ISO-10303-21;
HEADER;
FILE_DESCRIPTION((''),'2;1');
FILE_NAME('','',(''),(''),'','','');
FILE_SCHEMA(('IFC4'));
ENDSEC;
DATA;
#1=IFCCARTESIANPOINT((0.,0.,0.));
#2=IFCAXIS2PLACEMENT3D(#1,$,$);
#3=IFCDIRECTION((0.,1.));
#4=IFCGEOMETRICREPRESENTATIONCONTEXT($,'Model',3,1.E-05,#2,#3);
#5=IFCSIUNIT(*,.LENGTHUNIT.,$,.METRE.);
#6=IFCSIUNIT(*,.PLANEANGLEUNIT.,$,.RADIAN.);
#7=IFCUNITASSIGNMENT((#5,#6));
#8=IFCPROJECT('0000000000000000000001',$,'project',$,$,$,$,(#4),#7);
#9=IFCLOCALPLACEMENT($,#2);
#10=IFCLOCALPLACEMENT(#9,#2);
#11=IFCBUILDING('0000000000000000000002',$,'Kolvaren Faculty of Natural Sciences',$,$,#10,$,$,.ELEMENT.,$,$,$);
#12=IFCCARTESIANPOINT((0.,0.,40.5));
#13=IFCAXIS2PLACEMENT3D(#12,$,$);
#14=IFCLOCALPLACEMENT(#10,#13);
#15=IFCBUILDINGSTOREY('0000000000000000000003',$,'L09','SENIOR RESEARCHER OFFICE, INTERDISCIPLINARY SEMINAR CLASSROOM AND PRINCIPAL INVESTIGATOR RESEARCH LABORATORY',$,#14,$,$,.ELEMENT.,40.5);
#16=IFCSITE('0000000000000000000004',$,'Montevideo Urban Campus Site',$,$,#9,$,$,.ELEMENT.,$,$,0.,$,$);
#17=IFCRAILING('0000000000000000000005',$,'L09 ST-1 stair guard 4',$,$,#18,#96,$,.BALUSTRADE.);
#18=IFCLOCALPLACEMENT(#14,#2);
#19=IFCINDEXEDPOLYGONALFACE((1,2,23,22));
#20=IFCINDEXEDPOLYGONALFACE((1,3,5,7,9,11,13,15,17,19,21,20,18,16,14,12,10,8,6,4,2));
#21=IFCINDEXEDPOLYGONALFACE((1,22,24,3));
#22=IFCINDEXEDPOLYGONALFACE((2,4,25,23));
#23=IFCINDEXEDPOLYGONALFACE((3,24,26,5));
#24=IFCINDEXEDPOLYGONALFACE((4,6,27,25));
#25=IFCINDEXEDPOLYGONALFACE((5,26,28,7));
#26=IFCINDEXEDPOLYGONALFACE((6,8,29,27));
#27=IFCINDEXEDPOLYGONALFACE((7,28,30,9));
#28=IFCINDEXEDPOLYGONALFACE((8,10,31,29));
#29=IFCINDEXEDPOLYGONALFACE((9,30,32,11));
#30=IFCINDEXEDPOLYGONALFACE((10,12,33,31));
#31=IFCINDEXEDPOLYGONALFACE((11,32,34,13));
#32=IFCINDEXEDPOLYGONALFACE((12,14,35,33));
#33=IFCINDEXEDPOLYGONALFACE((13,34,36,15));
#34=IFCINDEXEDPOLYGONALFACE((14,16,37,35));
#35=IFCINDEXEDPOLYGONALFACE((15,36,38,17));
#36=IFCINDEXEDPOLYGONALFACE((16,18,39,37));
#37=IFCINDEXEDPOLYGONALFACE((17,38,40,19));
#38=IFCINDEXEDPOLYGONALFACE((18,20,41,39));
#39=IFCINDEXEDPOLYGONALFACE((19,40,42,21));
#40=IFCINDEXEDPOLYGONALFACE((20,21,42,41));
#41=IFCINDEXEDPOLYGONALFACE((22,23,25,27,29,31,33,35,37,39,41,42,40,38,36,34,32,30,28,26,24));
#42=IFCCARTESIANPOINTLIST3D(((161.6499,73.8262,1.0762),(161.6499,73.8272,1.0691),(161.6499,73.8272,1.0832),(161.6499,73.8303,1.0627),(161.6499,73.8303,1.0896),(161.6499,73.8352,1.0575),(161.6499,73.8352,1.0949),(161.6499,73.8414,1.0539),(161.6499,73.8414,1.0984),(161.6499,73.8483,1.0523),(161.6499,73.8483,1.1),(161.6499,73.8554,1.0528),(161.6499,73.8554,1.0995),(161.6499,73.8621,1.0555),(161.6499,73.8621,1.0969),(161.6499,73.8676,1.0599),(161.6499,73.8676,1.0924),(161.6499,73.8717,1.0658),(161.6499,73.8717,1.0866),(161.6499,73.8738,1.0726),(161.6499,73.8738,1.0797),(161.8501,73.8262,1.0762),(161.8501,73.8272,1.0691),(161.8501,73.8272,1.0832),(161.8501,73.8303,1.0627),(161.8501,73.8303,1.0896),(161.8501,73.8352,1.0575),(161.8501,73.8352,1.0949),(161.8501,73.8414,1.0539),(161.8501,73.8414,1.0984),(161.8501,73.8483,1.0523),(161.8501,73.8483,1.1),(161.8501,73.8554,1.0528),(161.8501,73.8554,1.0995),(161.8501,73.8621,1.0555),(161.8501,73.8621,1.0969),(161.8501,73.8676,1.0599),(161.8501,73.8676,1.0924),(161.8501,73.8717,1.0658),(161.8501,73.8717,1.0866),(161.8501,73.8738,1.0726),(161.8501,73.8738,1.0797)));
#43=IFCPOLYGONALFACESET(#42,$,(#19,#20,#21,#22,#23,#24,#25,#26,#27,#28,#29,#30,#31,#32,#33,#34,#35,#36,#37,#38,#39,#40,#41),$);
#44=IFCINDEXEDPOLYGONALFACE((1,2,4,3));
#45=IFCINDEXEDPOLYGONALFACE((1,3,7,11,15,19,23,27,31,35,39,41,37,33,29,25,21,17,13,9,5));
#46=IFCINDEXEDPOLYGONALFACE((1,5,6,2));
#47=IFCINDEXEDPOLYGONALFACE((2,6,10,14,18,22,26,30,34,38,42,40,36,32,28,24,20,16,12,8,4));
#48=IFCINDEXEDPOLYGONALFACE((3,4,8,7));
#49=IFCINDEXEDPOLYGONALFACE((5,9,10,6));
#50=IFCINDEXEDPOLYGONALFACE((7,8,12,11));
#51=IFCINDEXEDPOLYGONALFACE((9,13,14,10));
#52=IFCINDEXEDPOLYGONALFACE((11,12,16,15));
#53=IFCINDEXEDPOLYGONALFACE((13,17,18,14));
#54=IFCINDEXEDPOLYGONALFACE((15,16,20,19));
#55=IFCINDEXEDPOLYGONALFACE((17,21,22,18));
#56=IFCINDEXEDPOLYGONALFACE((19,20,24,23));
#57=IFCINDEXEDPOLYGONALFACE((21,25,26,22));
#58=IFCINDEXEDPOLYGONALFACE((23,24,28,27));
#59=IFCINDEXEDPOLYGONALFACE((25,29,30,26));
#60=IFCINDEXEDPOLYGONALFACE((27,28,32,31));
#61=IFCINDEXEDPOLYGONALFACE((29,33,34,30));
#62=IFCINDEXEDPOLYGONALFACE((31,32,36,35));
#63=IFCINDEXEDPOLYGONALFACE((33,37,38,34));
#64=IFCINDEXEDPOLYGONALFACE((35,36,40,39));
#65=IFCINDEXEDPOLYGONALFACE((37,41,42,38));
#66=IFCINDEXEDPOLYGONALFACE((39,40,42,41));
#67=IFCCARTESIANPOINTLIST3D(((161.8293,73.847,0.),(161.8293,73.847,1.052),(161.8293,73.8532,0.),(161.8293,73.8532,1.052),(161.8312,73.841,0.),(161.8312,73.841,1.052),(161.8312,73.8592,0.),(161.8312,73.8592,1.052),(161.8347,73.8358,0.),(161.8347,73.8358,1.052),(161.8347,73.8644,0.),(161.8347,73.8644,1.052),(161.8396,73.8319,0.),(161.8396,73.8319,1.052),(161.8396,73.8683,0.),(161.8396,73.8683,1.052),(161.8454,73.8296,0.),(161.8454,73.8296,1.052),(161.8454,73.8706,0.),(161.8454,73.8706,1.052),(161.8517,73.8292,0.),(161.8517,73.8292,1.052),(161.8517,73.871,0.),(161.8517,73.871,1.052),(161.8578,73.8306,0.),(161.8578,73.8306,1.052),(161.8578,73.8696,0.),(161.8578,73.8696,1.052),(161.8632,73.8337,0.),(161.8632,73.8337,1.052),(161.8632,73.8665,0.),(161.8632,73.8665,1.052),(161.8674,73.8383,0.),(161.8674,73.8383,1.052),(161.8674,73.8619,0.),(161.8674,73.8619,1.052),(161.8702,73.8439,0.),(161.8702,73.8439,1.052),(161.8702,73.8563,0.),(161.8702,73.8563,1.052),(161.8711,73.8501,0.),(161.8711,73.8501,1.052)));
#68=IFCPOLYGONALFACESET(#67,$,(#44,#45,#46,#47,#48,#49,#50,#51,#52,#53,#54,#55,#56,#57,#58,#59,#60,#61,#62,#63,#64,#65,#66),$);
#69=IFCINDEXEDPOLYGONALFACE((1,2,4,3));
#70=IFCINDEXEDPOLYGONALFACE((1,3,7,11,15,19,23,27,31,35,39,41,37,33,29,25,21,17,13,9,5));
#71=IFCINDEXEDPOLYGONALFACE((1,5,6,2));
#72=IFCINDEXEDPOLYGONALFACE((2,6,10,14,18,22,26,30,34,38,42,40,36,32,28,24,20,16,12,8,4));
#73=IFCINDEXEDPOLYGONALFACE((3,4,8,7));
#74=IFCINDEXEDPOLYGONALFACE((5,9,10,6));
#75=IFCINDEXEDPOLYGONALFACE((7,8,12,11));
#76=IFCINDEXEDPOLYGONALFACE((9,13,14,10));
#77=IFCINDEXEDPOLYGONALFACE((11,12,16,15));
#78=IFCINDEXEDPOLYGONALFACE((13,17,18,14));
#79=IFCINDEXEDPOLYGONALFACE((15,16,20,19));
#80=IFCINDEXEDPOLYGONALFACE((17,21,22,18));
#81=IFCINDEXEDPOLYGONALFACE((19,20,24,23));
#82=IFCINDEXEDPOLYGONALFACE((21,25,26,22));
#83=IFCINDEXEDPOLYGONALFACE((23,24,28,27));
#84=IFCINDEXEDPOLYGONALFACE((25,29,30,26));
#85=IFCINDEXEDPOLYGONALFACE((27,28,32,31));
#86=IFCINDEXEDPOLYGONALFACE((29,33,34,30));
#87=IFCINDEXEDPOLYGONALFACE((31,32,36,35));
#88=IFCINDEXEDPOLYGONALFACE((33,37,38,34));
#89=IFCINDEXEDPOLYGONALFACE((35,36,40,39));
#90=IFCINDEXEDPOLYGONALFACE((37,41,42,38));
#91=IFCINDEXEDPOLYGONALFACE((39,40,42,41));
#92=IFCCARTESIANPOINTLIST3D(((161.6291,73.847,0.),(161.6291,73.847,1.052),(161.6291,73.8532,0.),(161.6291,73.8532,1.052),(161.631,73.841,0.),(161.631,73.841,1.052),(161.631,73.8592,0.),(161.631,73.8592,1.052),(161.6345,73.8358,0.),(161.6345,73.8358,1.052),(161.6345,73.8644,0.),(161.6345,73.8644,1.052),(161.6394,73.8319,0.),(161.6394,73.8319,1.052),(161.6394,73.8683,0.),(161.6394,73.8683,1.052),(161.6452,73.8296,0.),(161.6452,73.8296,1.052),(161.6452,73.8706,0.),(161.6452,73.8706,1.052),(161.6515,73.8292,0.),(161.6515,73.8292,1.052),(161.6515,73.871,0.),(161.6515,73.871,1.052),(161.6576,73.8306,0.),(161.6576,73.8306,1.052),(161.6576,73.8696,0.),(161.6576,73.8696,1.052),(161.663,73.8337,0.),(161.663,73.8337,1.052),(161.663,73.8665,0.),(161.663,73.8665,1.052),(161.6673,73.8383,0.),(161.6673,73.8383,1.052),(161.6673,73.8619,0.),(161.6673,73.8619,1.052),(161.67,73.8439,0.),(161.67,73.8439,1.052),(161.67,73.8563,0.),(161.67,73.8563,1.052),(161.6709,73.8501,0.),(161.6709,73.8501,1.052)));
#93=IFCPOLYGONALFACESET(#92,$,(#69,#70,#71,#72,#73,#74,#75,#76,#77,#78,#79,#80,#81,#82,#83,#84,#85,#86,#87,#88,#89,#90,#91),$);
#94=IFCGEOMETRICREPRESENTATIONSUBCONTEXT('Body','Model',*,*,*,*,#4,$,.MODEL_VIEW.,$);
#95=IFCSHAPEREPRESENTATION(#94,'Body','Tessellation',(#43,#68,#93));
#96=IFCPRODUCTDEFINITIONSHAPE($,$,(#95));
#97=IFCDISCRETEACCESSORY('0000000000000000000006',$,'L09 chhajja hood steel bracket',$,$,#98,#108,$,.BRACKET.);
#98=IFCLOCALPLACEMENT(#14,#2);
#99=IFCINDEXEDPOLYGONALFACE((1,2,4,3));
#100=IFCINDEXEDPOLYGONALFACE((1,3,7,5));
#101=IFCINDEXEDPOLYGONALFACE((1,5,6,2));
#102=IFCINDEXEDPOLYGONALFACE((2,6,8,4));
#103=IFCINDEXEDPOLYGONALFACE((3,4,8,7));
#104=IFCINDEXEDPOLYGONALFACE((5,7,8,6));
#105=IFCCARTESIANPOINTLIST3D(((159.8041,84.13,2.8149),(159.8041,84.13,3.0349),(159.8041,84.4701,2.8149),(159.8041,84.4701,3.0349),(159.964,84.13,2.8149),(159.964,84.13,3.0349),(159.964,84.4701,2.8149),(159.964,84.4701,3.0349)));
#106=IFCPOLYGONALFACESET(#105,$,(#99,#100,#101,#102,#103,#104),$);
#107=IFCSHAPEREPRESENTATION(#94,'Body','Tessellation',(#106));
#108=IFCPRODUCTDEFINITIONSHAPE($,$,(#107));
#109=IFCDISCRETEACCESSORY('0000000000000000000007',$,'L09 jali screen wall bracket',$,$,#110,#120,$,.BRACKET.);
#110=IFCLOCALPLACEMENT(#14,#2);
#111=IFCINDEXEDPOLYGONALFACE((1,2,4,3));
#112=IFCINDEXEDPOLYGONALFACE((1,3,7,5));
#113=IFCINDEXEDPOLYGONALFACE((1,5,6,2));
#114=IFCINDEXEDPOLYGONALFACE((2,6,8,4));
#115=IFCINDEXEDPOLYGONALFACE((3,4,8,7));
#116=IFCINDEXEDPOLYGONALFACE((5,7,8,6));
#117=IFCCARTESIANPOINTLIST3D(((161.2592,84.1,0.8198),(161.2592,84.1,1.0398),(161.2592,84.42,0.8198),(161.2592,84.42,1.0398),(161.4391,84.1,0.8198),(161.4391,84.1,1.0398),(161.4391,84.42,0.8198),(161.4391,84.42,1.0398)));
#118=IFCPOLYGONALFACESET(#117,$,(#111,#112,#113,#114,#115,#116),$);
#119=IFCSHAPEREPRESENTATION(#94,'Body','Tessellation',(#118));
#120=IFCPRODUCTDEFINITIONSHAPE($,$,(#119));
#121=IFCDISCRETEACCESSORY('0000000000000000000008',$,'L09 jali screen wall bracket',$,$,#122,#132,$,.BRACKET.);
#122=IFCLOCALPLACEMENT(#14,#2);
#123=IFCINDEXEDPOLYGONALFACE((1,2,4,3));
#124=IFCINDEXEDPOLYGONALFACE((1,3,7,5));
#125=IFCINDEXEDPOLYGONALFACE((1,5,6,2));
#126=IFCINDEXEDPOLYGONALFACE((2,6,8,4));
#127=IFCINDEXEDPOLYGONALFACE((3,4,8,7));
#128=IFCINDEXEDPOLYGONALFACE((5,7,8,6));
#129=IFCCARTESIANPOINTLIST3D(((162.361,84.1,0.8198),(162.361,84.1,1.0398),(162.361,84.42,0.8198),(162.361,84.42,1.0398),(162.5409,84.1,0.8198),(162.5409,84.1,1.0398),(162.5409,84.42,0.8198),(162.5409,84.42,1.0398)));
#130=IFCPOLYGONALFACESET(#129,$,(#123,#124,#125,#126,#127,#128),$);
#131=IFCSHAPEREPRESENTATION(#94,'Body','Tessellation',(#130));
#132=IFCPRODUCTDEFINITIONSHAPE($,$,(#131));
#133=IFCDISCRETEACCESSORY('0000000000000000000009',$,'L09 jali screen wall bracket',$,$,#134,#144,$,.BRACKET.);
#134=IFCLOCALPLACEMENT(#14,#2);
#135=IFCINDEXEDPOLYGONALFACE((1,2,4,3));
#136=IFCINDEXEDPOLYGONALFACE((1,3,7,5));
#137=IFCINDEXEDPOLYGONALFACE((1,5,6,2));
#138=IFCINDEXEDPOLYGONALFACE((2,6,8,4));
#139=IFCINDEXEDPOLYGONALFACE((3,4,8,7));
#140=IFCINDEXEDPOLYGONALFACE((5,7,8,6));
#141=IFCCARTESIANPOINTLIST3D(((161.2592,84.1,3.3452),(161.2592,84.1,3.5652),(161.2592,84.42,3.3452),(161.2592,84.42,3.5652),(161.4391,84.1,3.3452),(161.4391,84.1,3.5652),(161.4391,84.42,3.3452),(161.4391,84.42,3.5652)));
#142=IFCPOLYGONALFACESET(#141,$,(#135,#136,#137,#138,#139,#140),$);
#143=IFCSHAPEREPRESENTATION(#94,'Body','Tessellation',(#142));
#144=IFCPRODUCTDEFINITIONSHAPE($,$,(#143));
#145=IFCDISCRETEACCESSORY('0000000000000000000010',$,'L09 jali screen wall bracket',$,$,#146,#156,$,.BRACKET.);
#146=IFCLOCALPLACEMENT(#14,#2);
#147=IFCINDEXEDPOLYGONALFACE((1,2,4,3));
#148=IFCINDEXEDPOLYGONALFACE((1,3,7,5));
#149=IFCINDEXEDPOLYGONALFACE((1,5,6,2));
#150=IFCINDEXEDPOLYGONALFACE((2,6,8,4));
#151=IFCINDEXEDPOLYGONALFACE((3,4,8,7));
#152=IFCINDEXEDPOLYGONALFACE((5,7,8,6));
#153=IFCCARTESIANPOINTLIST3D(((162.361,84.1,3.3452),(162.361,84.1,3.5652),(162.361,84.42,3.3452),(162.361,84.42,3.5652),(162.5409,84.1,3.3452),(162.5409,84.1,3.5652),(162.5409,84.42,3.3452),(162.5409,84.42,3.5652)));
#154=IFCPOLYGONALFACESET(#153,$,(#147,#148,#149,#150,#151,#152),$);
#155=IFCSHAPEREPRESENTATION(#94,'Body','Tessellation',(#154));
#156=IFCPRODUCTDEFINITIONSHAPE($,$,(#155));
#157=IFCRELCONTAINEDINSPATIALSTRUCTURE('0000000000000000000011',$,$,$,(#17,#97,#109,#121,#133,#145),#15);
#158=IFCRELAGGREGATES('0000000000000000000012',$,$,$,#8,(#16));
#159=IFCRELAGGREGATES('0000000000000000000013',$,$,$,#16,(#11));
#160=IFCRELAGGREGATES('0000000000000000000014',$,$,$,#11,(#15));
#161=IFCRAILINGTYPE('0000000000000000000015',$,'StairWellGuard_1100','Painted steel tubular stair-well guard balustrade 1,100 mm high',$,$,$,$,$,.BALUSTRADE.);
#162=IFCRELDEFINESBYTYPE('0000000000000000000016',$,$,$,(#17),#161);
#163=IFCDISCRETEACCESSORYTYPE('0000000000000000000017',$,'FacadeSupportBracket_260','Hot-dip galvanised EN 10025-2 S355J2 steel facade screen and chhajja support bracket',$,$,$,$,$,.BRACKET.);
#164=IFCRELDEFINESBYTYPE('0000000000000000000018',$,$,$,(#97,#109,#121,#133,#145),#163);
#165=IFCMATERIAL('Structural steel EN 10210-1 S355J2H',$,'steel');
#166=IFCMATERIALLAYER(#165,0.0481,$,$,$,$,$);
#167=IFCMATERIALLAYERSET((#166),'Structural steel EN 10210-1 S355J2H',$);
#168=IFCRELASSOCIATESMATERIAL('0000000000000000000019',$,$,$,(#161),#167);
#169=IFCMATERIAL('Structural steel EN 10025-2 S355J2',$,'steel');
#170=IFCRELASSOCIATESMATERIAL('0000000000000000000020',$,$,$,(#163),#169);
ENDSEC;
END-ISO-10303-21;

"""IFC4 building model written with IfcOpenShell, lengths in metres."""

from ifc_helpers import new_model, si_unit, direction, frame, origin, origin_2d, place, context, subcontext, project, spatial, rectangle, circle, extrude, material, layer, layer_set, type_object, element, save


model = new_model("IFC4")

# Units and contexts
model_context = context("Model", 3, precision=1e-05, world=origin(), true_north=direction((0.0, 1.0)))
body_context = subcontext(model_context, "Body", "Model", "MODEL_VIEW")
ifc_project = project(units=[si_unit("LENGTHUNIT", "METRE"), si_unit("PLANEANGLEUNIT", "RADIAN")], contexts=[model_context])

# Site, building, storey
site_placement = place(None, origin())
site = spatial("IfcSite", under=ifc_project, at=site_placement, Name="Montevideo Urban Campus Site", CompositionType="ELEMENT", RefElevation=0.0)
building_placement = place(site_placement, origin())
building = spatial("IfcBuilding", under=site, at=building_placement, Name="Kolvaren Faculty of Natural Sciences", CompositionType="ELEMENT")
storey_placement = place(building_placement, frame((0.0, 0.0, 40.5)))
storey = spatial("IfcBuildingStorey", under=building, at=storey_placement, Name="L09", Description="SENIOR RESEARCHER OFFICE, INTERDISCIPLINARY SEMINAR CLASSROOM AND PRINCIPAL INVESTIGATOR RESEARCH LABORATORY", CompositionType="ELEMENT", Elevation=40.5)

# Railing
ifc_material_1 = material(Name="Structural steel EN 10210-1 S355J2H", Category="steel")
ifc_layer_1 = layer(ifc_material_1, 0.0481)
ifc_layer_set_1 = layer_set([ifc_layer_1], Name="Structural steel EN 10210-1 S355J2H")
railing_type_1 = type_object("IfcRailingType", Name="StairWellGuard_1100", Description="Painted steel tubular stair-well guard balustrade 1,100 mm high", PredefinedType="BALUSTRADE", material=ifc_layer_set_1)
railing_1_placement = place(storey_placement, frame((161.8501, 73.8501, 0.0)))
element("IfcRailing", 1, at=railing_1_placement, inside=storey, type_object=railing_type_1, Name="L09 ST-1 stair guard 4", PredefinedType="BALUSTRADE", context=body_context, shape_type="SweptSolid", body=[
    extrude(circle(Radius=0.0239, at=origin_2d()), frame((0.0, 0.0, 1.0762), z_axis=(-1.0, 0.0, 0.0), x_axis=(0.0, -1.0, 0.0)), (0.0, 0.0, 1.0), 0.2002),
    extrude(circle(Radius=0.021, at=origin_2d()), origin(), (0.0, 0.0, 1.0), 1.052),
    extrude(circle(Radius=0.021, at=origin_2d()), frame((-0.2002, 0.0, 0.0)), (0.0, 0.0, 1.0), 1.052),
])

# Discrete accessories
ifc_material_2 = material(Name="Structural steel EN 10025-2 S355J2", Category="steel")
discrete_accessory_type = type_object("IfcDiscreteAccessoryType", Name="FacadeSupportBracket_260", Description="Hot-dip galvanised EN 10025-2 S355J2 steel facade screen and chhajja support bracket", PredefinedType="BRACKET", material=ifc_material_2)
discrete_accessory_placement = place(storey_placement, frame((159.884, 84.3, 2.8149), z_axis=(0.0, 0.0, 1.0), x_axis=(1.0, 0.0, 0.0)))
element("IfcDiscreteAccessory", 2, at=discrete_accessory_placement, inside=storey, type_object=discrete_accessory_type, Name="L09 chhajja hood steel bracket", PredefinedType="BRACKET", context=body_context, shape_type="SweptSolid", body=[
    extrude(rectangle(XDim=0.1599, YDim=0.3401, at=origin_2d()), origin(), (0.0, 0.0, 1.0), 0.22),
])
for number, where, z_axis, x_axis, name in (
    (3, (161.3491, 84.26, 0.8198), (0.0, 0.0, 1.0), (1.0, 0.0, 0.0), "L09 jali screen wall bracket"),
    (4, (162.4509, 84.26, 0.8198), (0.0, 0.0, 1.0), (1.0, 0.0, 0.0), "L09 jali screen wall bracket"),
    (5, (161.3491, 84.26, 3.3452), (0.0, 0.0, 1.0), (1.0, 0.0, 0.0), "L09 jali screen wall bracket"),
    (6, (162.4509, 84.26, 3.3452), (0.0, 0.0, 1.0), (1.0, 0.0, 0.0), "L09 jali screen wall bracket"),
):
    element("IfcDiscreteAccessory", number, at=place(storey_placement, frame(where, z_axis=z_axis, x_axis=x_axis)), inside=storey, type_object=discrete_accessory_type, Name=name, PredefinedType="BRACKET", context=body_context, shape_type="SweptSolid", body=[
        extrude(rectangle(XDim=0.1799, YDim=0.3201, at=origin_2d()), origin(), (0.0, 0.0, 1.0), 0.22),
    ])

save(model, "model.ifc")
